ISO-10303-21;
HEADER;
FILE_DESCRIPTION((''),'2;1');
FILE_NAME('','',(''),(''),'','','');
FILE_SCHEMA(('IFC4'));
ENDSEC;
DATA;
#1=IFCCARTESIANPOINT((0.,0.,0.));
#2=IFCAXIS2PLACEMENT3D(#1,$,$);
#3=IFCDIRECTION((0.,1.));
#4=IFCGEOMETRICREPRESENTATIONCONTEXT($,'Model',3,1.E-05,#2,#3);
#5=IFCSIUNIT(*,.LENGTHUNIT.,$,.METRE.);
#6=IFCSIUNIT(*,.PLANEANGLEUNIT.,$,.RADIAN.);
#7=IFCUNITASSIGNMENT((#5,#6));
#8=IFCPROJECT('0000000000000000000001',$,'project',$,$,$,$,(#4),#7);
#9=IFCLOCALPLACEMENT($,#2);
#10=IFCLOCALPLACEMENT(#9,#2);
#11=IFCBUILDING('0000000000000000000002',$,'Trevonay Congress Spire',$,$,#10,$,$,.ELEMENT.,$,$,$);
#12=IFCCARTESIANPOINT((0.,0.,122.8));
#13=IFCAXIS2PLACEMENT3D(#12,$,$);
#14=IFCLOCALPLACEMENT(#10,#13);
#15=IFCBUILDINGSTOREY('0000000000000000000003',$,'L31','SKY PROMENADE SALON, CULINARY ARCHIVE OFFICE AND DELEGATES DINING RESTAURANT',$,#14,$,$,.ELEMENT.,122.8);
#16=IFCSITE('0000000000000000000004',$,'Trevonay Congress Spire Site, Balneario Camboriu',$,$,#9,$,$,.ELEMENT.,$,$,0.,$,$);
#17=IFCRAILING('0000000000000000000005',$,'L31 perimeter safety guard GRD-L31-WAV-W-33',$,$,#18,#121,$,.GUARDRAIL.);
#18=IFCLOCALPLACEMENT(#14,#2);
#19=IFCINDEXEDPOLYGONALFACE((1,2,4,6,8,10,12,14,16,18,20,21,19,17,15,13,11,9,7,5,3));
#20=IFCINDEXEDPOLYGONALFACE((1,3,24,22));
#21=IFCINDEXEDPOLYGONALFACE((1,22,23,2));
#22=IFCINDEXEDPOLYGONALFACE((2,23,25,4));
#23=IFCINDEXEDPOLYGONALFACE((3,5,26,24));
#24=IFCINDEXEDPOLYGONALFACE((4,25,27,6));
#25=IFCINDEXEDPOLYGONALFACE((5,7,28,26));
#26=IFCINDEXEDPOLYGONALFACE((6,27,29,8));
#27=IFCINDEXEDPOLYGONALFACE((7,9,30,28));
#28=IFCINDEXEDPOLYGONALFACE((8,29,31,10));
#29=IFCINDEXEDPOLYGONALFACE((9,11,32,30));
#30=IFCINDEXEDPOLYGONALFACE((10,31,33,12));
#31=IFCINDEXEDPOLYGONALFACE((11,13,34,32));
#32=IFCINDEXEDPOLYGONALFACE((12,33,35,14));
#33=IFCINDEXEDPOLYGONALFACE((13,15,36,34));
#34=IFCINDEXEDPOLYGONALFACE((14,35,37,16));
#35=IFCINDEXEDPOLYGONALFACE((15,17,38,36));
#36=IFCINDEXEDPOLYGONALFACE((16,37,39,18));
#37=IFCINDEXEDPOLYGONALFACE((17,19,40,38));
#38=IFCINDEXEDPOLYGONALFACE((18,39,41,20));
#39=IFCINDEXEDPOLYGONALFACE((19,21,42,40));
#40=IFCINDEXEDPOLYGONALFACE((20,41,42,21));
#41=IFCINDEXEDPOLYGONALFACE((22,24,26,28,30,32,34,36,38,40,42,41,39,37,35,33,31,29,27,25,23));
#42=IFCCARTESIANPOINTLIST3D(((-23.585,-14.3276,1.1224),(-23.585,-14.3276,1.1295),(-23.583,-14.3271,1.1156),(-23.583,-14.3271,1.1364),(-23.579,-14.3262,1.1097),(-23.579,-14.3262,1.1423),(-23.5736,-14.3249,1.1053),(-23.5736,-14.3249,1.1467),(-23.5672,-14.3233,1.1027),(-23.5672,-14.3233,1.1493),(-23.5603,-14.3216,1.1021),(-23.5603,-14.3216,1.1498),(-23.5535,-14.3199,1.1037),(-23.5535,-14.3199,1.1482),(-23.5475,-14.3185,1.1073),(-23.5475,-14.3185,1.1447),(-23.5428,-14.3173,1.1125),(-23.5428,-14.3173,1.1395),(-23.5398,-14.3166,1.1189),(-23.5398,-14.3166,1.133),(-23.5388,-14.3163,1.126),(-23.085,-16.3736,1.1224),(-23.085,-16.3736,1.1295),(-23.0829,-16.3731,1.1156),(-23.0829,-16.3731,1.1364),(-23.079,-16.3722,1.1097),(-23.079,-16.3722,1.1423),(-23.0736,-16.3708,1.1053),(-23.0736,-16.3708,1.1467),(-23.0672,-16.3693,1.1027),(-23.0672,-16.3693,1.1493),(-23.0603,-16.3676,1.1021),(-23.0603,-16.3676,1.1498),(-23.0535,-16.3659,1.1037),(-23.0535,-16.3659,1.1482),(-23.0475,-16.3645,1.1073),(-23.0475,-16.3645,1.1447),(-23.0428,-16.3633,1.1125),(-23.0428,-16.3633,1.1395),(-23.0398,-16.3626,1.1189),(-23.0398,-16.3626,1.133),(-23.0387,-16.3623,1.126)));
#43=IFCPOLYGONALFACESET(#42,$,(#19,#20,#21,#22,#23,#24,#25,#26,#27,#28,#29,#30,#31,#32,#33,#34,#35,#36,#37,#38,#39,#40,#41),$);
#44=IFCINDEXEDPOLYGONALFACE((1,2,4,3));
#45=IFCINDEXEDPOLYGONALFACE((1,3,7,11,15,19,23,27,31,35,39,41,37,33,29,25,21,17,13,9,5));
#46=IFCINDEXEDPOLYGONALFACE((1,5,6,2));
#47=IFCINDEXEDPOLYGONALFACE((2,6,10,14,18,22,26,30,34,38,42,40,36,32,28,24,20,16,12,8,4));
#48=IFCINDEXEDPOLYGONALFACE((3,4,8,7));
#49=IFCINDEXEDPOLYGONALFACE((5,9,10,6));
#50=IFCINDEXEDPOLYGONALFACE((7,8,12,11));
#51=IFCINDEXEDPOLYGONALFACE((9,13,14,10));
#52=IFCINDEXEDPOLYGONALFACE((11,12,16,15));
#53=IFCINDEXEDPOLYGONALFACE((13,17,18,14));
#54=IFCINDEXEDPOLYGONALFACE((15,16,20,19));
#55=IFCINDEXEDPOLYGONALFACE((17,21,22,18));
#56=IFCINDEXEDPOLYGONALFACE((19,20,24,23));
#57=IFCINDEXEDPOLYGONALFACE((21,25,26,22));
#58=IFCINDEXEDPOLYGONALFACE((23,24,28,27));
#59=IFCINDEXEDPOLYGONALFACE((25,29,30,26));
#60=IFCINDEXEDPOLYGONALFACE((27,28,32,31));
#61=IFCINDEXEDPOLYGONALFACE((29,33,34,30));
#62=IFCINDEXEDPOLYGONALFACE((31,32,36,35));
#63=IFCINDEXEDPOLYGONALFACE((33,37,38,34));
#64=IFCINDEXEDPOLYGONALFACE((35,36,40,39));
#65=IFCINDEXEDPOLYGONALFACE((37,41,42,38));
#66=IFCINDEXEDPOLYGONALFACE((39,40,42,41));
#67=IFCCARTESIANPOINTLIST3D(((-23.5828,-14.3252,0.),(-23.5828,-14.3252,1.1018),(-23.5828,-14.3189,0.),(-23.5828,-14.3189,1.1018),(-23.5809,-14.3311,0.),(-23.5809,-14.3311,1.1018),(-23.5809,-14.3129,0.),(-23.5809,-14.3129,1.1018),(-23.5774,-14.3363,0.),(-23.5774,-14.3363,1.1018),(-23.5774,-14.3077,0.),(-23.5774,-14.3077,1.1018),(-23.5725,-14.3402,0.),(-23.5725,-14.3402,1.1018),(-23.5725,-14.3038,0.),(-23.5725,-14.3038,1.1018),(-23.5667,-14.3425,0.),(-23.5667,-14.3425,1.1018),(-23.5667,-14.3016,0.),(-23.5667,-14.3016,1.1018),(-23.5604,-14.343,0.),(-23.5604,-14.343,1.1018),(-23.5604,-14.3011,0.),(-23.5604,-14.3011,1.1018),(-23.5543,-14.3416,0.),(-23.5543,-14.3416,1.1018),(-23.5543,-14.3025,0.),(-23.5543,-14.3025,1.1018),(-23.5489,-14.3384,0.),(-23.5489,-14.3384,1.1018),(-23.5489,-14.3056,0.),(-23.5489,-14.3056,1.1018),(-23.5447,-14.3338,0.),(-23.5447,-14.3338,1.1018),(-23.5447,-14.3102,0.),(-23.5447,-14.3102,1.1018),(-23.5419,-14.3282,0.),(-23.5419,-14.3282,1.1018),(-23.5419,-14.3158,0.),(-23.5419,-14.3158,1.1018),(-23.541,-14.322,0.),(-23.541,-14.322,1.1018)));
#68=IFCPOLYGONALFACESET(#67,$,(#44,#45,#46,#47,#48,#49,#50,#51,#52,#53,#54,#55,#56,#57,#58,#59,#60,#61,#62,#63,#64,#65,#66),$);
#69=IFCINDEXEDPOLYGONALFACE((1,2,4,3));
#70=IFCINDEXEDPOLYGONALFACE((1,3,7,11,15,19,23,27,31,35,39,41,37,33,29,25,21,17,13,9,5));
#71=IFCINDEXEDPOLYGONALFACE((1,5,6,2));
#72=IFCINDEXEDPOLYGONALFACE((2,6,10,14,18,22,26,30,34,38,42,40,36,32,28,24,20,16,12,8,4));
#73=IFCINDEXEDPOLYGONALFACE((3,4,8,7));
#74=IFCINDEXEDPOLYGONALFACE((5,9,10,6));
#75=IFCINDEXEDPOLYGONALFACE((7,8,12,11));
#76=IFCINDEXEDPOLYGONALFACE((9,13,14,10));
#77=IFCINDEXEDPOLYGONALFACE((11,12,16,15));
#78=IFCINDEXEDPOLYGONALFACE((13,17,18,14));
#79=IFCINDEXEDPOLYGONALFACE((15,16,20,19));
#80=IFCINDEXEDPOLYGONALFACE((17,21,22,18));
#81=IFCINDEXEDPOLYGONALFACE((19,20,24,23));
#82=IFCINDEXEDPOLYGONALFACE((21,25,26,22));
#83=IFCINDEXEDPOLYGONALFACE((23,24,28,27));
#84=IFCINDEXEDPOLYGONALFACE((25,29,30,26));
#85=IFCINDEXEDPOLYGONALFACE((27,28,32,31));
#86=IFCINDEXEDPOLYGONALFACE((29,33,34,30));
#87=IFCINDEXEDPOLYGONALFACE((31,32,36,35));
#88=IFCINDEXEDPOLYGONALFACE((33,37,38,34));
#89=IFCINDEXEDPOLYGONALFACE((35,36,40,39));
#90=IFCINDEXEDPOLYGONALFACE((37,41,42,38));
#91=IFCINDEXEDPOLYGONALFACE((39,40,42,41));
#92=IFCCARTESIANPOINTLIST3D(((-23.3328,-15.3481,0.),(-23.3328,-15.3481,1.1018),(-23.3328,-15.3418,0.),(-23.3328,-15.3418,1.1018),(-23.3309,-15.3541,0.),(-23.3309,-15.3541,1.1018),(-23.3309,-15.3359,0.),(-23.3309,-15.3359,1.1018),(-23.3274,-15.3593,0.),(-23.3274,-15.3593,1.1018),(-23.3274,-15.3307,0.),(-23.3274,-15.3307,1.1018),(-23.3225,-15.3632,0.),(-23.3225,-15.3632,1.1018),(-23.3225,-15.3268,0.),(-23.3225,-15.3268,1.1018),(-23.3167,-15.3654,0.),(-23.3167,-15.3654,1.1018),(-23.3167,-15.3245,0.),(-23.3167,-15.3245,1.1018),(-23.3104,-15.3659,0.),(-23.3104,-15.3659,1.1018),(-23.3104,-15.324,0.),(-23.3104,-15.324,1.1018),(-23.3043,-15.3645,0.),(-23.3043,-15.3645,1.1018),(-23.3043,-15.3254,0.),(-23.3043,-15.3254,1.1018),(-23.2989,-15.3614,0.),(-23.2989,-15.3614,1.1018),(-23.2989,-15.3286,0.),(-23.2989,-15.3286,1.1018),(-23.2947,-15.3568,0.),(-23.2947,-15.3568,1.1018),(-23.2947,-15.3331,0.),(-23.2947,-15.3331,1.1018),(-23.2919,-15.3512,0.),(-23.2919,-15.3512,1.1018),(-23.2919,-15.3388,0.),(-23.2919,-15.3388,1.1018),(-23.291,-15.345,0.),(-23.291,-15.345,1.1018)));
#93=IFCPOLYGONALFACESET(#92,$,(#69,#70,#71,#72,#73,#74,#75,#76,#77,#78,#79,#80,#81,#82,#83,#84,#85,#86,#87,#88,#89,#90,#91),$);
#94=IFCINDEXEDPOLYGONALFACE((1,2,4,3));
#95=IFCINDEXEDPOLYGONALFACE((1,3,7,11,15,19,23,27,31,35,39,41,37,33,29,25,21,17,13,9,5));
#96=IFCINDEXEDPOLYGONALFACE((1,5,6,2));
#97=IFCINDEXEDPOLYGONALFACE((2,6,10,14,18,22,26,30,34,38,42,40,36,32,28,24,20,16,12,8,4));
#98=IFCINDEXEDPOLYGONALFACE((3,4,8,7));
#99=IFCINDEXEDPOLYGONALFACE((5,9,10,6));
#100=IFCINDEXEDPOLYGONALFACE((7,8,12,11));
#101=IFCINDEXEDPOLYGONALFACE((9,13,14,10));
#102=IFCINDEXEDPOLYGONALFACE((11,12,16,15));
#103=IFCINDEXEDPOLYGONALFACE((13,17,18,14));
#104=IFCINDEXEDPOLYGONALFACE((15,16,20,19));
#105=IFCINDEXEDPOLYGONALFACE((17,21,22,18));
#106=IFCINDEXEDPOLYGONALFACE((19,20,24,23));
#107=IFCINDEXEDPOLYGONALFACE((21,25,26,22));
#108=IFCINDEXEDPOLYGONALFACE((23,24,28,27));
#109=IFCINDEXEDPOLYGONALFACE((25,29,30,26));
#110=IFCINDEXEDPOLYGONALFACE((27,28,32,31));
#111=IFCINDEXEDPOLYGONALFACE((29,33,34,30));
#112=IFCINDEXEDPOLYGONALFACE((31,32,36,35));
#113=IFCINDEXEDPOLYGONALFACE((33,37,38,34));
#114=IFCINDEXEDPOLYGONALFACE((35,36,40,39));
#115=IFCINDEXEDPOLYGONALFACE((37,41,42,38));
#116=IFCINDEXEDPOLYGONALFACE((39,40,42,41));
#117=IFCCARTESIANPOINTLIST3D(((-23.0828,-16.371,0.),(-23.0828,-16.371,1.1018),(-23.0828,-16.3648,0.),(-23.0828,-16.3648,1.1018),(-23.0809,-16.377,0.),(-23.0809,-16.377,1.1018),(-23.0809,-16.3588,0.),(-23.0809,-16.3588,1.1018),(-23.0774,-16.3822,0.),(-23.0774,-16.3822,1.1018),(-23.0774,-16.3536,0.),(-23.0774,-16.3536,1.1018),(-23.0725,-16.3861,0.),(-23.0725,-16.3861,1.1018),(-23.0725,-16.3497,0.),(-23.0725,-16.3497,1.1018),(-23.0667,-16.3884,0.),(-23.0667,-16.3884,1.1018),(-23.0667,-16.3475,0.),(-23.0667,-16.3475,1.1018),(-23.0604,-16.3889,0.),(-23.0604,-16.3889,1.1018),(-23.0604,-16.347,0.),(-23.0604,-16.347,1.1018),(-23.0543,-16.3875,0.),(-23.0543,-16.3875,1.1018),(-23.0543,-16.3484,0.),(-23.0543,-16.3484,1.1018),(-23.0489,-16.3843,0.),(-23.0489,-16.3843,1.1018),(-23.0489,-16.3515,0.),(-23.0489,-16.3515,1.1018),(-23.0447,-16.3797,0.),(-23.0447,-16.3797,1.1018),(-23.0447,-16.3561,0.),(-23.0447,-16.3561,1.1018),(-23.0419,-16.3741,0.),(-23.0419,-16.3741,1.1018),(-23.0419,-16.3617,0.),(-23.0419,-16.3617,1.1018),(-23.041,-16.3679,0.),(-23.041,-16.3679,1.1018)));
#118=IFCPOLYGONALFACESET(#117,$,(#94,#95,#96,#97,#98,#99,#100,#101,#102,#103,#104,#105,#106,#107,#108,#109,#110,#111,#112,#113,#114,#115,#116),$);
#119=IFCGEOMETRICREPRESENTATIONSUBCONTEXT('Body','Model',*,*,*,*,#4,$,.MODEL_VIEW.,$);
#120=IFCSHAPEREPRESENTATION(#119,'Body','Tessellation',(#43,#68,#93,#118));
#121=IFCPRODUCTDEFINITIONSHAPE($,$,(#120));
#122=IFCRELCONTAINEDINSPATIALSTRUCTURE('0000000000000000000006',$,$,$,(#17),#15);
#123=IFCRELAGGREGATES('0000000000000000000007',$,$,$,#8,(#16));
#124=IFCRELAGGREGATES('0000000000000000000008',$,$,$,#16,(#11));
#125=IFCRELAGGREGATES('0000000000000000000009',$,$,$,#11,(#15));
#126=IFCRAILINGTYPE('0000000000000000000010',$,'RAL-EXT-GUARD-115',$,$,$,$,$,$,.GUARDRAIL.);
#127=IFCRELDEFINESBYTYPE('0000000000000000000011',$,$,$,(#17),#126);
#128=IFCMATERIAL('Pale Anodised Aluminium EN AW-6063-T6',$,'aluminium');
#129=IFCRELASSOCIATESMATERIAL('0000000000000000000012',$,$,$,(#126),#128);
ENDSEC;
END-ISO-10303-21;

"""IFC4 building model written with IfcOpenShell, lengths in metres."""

from ifc_helpers import new_model, si_unit, direction, frame, origin, origin_2d, place, context, subcontext, project, spatial, circle, extrude, material, type_object, element, save


model = new_model("IFC4")

# Units and contexts
model_context = context("Model", 3, precision=1e-05, world=origin(), true_north=direction((0.0, 1.0)))
body_context = subcontext(model_context, "Body", "Model", "MODEL_VIEW")
ifc_project = project(units=[si_unit("LENGTHUNIT", "METRE"), si_unit("PLANEANGLEUNIT", "RADIAN")], contexts=[model_context])

# Site, building, storey
site_placement = place(None, origin())
site = spatial("IfcSite", under=ifc_project, at=site_placement, Name="Trevonay Congress Spire Site, Balneario Camboriu", CompositionType="ELEMENT", RefElevation=0.0)
building_placement = place(site_placement, origin())
building = spatial("IfcBuilding", under=site, at=building_placement, Name="Trevonay Congress Spire", CompositionType="ELEMENT")
storey_placement = place(building_placement, frame((0.0, 0.0, 122.8)))
storey = spatial("IfcBuildingStorey", under=building, at=storey_placement, Name="L31", Description="SKY PROMENADE SALON, CULINARY ARCHIVE OFFICE AND DELEGATES DINING RESTAURANT", CompositionType="ELEMENT", Elevation=122.8)

# Shared definitions
ifc_material_1 = material(Name="Pale Anodised Aluminium EN AW-6063-T6", Category="aluminium")

# Railing
railing_type = type_object("IfcRailingType", Name="RAL-EXT-GUARD-115", PredefinedType="GUARDRAIL", material=ifc_material_1)
railing_1_placement = place(storey_placement, frame((-23.562, -14.322, 0.0)))
element("IfcRailing", 1, at=railing_1_placement, inside=storey, type_object=railing_type, Name="L31 perimeter safety guard GRD-L31-WAV-W-33", PredefinedType="GUARDRAIL", context=body_context, shape_type="SweptSolid", body=[
    extrude(circle(Radius=0.0239, at=origin_2d()), frame((0.0, 0.0, 1.126), z_axis=(0.237404, -0.971411, 0.0), x_axis=(0.971411, 0.237404, 0.0)), (0.0, 0.0, 1.0), 2.1062),
    extrude(circle(Radius=0.021, at=origin_2d()), origin(), (0.0, 0.0, 1.0), 1.1018),
    extrude(circle(Radius=0.021, at=origin_2d()), frame((0.25, -1.0229, 0.0)), (0.0, 0.0, 1.0), 1.1018),
    extrude(circle(Radius=0.021, at=origin_2d()), frame((0.5, -2.0459, 0.0)), (0.0, 0.0, 1.0), 1.1018),
])

save(model, "model.ifc")
